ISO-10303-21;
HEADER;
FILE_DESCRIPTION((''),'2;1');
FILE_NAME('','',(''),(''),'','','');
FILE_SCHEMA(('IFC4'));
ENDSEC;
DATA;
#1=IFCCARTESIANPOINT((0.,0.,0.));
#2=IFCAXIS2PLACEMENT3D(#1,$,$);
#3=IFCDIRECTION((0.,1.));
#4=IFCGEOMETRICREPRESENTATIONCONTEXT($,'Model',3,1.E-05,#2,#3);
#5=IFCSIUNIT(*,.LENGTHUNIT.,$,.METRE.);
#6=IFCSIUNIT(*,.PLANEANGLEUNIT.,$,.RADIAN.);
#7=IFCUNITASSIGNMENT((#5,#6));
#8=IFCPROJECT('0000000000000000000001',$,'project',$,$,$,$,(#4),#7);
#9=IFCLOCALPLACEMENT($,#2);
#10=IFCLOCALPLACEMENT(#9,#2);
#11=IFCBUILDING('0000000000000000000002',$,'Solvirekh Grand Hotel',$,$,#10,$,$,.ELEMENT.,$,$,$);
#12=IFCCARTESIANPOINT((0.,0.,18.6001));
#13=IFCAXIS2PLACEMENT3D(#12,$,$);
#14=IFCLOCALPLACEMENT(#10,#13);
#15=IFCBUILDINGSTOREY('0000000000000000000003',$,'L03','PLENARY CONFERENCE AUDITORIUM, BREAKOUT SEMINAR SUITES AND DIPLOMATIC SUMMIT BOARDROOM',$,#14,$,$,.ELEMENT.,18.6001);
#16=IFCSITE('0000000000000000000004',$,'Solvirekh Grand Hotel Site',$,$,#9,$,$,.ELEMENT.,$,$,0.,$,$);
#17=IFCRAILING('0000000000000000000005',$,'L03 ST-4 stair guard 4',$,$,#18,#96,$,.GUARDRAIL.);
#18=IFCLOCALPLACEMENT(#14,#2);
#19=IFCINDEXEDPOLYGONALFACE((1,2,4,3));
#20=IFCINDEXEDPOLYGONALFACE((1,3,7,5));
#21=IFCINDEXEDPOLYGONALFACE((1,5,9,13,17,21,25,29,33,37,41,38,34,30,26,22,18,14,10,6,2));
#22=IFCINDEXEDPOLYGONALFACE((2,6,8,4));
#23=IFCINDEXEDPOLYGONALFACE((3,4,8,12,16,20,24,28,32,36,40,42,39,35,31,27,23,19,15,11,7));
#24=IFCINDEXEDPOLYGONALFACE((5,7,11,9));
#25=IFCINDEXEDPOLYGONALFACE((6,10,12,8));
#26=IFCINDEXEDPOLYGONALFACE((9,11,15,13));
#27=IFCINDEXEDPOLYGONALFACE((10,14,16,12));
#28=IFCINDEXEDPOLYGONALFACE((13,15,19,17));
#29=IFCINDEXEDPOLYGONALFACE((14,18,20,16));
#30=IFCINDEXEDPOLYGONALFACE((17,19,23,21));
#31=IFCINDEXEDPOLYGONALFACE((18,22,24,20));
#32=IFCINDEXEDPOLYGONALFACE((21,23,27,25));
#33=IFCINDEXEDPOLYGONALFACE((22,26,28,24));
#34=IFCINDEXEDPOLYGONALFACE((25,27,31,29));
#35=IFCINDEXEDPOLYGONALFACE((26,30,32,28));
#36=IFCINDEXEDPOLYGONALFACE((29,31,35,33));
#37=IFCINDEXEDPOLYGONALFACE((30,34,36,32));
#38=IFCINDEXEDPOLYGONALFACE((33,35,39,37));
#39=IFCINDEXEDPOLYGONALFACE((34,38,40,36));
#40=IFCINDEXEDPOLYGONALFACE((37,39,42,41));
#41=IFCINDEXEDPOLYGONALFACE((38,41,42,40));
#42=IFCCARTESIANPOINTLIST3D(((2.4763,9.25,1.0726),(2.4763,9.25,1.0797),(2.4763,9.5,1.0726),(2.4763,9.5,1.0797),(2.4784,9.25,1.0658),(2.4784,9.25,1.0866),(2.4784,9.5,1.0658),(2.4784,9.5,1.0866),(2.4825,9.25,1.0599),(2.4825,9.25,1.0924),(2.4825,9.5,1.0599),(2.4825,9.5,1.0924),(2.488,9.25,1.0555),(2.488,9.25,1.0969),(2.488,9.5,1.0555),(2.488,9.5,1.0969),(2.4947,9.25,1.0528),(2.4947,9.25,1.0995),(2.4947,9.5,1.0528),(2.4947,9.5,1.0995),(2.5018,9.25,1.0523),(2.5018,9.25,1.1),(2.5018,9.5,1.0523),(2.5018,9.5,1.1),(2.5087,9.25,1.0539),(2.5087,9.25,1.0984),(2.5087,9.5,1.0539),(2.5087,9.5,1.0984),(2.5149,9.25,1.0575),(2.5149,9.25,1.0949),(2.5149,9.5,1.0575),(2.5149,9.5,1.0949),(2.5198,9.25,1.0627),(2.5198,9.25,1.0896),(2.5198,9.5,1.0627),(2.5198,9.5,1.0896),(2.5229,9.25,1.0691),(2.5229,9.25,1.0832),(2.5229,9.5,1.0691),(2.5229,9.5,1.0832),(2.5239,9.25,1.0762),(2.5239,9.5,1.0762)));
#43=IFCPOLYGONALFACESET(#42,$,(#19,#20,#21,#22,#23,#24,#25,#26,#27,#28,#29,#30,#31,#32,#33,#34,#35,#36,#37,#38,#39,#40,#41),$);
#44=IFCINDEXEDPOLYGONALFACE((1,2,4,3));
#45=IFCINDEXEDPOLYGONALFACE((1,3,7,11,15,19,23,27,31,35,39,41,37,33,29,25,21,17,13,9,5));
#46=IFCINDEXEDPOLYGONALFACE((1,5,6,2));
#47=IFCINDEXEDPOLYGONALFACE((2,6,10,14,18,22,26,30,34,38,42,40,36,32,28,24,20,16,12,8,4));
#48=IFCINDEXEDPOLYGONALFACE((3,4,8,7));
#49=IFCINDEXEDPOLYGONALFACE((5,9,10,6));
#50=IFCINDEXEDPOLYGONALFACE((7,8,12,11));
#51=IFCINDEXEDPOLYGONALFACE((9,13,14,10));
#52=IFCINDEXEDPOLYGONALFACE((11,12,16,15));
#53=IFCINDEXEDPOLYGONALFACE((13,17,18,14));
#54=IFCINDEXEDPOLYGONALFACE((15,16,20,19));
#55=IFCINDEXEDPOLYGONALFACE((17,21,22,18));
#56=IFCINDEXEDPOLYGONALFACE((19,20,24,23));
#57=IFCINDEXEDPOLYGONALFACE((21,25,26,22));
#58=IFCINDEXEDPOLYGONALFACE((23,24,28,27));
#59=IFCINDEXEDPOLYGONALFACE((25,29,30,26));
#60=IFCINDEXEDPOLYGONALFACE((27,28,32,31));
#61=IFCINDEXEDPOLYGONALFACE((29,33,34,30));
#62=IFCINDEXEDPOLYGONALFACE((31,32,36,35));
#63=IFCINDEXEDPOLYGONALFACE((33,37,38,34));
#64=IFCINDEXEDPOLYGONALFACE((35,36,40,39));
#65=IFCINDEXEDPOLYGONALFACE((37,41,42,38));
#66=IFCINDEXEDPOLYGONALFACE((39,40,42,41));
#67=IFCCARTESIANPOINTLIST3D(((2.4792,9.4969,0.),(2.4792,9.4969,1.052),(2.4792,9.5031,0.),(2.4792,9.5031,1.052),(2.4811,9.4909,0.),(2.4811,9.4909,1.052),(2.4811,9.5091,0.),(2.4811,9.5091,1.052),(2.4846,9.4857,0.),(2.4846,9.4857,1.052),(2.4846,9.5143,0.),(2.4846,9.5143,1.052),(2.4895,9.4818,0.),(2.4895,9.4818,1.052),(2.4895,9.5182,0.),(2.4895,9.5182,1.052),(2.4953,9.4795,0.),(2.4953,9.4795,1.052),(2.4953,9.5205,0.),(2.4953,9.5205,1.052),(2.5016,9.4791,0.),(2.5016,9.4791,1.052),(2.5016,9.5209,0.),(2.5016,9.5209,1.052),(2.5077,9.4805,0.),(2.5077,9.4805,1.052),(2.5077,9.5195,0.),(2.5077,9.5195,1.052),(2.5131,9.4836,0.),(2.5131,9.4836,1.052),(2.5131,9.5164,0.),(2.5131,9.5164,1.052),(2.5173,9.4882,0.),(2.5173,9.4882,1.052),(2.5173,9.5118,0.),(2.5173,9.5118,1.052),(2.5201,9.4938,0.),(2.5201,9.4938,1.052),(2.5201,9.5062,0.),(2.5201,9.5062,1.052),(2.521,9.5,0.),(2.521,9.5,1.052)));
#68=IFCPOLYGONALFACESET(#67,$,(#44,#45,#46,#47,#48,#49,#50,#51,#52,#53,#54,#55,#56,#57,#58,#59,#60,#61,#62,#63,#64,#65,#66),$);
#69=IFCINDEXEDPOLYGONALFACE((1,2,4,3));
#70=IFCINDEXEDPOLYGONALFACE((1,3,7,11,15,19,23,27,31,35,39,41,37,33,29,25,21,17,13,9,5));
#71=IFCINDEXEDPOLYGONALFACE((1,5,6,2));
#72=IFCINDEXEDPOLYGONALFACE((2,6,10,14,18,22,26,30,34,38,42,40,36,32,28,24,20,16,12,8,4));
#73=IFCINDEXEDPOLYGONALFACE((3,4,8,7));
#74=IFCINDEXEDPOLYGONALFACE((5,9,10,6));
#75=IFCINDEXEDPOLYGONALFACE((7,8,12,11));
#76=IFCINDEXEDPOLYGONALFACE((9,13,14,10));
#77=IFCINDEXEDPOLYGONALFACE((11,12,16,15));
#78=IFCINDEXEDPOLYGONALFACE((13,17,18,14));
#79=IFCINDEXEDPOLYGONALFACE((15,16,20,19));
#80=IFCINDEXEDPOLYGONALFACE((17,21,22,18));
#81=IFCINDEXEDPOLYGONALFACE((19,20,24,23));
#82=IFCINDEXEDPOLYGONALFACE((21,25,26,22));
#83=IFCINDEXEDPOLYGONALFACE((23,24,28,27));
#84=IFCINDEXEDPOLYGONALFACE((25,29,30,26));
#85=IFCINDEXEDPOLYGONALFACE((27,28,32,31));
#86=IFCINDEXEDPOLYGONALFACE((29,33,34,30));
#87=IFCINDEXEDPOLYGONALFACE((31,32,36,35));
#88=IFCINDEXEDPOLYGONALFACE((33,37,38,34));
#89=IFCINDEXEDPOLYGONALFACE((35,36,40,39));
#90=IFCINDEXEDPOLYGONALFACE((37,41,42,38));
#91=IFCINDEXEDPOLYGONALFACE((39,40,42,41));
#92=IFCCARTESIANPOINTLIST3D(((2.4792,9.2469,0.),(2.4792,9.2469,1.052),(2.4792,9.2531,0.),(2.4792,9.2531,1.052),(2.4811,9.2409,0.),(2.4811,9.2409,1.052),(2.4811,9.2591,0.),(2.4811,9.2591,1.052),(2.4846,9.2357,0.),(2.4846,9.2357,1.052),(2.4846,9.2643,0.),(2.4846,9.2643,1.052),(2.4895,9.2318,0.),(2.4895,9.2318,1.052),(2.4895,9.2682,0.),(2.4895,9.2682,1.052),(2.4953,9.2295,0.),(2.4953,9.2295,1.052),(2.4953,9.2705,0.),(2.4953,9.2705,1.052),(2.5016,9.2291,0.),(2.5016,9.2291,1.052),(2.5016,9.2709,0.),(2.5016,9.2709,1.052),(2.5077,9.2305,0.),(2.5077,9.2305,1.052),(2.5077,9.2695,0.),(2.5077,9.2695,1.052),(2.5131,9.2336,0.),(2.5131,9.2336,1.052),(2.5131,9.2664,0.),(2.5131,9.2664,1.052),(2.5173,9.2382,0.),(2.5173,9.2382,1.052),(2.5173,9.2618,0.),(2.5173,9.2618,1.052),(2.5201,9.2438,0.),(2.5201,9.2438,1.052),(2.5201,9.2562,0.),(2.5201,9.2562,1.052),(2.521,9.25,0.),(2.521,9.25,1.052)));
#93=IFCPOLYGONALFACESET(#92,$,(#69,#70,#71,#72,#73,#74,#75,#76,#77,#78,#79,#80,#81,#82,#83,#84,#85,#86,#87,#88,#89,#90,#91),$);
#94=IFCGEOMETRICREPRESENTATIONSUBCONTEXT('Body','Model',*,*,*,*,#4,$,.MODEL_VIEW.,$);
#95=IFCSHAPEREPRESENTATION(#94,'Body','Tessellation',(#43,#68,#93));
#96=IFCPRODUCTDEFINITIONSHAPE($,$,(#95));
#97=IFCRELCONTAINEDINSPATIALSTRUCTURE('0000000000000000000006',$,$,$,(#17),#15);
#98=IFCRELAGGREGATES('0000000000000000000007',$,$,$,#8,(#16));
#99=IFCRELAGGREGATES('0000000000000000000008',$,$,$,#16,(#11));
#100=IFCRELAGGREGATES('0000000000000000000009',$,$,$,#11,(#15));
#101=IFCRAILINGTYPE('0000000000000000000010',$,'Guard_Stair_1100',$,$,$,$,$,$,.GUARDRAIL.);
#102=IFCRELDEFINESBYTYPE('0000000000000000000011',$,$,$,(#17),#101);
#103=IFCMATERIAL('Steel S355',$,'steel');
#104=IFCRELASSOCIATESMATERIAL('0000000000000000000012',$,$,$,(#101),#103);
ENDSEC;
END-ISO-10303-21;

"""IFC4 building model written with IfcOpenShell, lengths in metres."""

from ifc_helpers import new_model, si_unit, direction, frame, origin, origin_2d, place, context, subcontext, project, spatial, circle, extrude, material, type_object, element, save


model = new_model("IFC4")

# Units and contexts
model_context = context("Model", 3, precision=1e-05, world=origin(), true_north=direction((0.0, 1.0)))
body_context = subcontext(model_context, "Body", "Model", "MODEL_VIEW")
ifc_project = project(units=[si_unit("LENGTHUNIT", "METRE"), si_unit("PLANEANGLEUNIT", "RADIAN")], contexts=[model_context])

# Site, building, storey
site_placement = place(None, origin())
site = spatial("IfcSite", under=ifc_project, at=site_placement, Name="Solvirekh Grand Hotel Site", CompositionType="ELEMENT", RefElevation=0.0)
building_placement = place(site_placement, origin())
building = spatial("IfcBuilding", under=site, at=building_placement, Name="Solvirekh Grand Hotel", CompositionType="ELEMENT")
storey_placement = place(building_placement, frame((0.0, 0.0, 18.6001)))
storey = spatial("IfcBuildingStorey", under=building, at=storey_placement, Name="L03", Description="PLENARY CONFERENCE AUDITORIUM, BREAKOUT SEMINAR SUITES AND DIPLOMATIC SUMMIT BOARDROOM", CompositionType="ELEMENT", Elevation=18.6001)

# Shared definitions
ifc_material_1 = material(Name="Steel S355", Category="steel")

# Railing
railing_type_1 = type_object("IfcRailingType", Name="Guard_Stair_1100", PredefinedType="GUARDRAIL", material=ifc_material_1)
railing_1_placement = place(storey_placement, frame((2.5, 9.5, 0.0)))
element("IfcRailing", 1, at=railing_1_placement, inside=storey, type_object=railing_type_1, Name="L03 ST-4 stair guard 4", PredefinedType="GUARDRAIL", context=body_context, shape_type="SweptSolid", body=[
    extrude(circle(Radius=0.0239, at=origin_2d()), frame((0.0, 0.0, 1.0762), z_axis=(0.0, -1.0, 0.0), x_axis=(1.0, 0.0, 0.0)), (0.0, 0.0, 1.0), 0.25),
    extrude(circle(Radius=0.021, at=origin_2d()), origin(), (0.0, 0.0, 1.0), 1.052),
    extrude(circle(Radius=0.021, at=origin_2d()), frame((0.0, -0.25, 0.0)), (0.0, 0.0, 1.0), 1.052),
])

save(model, "model.ifc")
